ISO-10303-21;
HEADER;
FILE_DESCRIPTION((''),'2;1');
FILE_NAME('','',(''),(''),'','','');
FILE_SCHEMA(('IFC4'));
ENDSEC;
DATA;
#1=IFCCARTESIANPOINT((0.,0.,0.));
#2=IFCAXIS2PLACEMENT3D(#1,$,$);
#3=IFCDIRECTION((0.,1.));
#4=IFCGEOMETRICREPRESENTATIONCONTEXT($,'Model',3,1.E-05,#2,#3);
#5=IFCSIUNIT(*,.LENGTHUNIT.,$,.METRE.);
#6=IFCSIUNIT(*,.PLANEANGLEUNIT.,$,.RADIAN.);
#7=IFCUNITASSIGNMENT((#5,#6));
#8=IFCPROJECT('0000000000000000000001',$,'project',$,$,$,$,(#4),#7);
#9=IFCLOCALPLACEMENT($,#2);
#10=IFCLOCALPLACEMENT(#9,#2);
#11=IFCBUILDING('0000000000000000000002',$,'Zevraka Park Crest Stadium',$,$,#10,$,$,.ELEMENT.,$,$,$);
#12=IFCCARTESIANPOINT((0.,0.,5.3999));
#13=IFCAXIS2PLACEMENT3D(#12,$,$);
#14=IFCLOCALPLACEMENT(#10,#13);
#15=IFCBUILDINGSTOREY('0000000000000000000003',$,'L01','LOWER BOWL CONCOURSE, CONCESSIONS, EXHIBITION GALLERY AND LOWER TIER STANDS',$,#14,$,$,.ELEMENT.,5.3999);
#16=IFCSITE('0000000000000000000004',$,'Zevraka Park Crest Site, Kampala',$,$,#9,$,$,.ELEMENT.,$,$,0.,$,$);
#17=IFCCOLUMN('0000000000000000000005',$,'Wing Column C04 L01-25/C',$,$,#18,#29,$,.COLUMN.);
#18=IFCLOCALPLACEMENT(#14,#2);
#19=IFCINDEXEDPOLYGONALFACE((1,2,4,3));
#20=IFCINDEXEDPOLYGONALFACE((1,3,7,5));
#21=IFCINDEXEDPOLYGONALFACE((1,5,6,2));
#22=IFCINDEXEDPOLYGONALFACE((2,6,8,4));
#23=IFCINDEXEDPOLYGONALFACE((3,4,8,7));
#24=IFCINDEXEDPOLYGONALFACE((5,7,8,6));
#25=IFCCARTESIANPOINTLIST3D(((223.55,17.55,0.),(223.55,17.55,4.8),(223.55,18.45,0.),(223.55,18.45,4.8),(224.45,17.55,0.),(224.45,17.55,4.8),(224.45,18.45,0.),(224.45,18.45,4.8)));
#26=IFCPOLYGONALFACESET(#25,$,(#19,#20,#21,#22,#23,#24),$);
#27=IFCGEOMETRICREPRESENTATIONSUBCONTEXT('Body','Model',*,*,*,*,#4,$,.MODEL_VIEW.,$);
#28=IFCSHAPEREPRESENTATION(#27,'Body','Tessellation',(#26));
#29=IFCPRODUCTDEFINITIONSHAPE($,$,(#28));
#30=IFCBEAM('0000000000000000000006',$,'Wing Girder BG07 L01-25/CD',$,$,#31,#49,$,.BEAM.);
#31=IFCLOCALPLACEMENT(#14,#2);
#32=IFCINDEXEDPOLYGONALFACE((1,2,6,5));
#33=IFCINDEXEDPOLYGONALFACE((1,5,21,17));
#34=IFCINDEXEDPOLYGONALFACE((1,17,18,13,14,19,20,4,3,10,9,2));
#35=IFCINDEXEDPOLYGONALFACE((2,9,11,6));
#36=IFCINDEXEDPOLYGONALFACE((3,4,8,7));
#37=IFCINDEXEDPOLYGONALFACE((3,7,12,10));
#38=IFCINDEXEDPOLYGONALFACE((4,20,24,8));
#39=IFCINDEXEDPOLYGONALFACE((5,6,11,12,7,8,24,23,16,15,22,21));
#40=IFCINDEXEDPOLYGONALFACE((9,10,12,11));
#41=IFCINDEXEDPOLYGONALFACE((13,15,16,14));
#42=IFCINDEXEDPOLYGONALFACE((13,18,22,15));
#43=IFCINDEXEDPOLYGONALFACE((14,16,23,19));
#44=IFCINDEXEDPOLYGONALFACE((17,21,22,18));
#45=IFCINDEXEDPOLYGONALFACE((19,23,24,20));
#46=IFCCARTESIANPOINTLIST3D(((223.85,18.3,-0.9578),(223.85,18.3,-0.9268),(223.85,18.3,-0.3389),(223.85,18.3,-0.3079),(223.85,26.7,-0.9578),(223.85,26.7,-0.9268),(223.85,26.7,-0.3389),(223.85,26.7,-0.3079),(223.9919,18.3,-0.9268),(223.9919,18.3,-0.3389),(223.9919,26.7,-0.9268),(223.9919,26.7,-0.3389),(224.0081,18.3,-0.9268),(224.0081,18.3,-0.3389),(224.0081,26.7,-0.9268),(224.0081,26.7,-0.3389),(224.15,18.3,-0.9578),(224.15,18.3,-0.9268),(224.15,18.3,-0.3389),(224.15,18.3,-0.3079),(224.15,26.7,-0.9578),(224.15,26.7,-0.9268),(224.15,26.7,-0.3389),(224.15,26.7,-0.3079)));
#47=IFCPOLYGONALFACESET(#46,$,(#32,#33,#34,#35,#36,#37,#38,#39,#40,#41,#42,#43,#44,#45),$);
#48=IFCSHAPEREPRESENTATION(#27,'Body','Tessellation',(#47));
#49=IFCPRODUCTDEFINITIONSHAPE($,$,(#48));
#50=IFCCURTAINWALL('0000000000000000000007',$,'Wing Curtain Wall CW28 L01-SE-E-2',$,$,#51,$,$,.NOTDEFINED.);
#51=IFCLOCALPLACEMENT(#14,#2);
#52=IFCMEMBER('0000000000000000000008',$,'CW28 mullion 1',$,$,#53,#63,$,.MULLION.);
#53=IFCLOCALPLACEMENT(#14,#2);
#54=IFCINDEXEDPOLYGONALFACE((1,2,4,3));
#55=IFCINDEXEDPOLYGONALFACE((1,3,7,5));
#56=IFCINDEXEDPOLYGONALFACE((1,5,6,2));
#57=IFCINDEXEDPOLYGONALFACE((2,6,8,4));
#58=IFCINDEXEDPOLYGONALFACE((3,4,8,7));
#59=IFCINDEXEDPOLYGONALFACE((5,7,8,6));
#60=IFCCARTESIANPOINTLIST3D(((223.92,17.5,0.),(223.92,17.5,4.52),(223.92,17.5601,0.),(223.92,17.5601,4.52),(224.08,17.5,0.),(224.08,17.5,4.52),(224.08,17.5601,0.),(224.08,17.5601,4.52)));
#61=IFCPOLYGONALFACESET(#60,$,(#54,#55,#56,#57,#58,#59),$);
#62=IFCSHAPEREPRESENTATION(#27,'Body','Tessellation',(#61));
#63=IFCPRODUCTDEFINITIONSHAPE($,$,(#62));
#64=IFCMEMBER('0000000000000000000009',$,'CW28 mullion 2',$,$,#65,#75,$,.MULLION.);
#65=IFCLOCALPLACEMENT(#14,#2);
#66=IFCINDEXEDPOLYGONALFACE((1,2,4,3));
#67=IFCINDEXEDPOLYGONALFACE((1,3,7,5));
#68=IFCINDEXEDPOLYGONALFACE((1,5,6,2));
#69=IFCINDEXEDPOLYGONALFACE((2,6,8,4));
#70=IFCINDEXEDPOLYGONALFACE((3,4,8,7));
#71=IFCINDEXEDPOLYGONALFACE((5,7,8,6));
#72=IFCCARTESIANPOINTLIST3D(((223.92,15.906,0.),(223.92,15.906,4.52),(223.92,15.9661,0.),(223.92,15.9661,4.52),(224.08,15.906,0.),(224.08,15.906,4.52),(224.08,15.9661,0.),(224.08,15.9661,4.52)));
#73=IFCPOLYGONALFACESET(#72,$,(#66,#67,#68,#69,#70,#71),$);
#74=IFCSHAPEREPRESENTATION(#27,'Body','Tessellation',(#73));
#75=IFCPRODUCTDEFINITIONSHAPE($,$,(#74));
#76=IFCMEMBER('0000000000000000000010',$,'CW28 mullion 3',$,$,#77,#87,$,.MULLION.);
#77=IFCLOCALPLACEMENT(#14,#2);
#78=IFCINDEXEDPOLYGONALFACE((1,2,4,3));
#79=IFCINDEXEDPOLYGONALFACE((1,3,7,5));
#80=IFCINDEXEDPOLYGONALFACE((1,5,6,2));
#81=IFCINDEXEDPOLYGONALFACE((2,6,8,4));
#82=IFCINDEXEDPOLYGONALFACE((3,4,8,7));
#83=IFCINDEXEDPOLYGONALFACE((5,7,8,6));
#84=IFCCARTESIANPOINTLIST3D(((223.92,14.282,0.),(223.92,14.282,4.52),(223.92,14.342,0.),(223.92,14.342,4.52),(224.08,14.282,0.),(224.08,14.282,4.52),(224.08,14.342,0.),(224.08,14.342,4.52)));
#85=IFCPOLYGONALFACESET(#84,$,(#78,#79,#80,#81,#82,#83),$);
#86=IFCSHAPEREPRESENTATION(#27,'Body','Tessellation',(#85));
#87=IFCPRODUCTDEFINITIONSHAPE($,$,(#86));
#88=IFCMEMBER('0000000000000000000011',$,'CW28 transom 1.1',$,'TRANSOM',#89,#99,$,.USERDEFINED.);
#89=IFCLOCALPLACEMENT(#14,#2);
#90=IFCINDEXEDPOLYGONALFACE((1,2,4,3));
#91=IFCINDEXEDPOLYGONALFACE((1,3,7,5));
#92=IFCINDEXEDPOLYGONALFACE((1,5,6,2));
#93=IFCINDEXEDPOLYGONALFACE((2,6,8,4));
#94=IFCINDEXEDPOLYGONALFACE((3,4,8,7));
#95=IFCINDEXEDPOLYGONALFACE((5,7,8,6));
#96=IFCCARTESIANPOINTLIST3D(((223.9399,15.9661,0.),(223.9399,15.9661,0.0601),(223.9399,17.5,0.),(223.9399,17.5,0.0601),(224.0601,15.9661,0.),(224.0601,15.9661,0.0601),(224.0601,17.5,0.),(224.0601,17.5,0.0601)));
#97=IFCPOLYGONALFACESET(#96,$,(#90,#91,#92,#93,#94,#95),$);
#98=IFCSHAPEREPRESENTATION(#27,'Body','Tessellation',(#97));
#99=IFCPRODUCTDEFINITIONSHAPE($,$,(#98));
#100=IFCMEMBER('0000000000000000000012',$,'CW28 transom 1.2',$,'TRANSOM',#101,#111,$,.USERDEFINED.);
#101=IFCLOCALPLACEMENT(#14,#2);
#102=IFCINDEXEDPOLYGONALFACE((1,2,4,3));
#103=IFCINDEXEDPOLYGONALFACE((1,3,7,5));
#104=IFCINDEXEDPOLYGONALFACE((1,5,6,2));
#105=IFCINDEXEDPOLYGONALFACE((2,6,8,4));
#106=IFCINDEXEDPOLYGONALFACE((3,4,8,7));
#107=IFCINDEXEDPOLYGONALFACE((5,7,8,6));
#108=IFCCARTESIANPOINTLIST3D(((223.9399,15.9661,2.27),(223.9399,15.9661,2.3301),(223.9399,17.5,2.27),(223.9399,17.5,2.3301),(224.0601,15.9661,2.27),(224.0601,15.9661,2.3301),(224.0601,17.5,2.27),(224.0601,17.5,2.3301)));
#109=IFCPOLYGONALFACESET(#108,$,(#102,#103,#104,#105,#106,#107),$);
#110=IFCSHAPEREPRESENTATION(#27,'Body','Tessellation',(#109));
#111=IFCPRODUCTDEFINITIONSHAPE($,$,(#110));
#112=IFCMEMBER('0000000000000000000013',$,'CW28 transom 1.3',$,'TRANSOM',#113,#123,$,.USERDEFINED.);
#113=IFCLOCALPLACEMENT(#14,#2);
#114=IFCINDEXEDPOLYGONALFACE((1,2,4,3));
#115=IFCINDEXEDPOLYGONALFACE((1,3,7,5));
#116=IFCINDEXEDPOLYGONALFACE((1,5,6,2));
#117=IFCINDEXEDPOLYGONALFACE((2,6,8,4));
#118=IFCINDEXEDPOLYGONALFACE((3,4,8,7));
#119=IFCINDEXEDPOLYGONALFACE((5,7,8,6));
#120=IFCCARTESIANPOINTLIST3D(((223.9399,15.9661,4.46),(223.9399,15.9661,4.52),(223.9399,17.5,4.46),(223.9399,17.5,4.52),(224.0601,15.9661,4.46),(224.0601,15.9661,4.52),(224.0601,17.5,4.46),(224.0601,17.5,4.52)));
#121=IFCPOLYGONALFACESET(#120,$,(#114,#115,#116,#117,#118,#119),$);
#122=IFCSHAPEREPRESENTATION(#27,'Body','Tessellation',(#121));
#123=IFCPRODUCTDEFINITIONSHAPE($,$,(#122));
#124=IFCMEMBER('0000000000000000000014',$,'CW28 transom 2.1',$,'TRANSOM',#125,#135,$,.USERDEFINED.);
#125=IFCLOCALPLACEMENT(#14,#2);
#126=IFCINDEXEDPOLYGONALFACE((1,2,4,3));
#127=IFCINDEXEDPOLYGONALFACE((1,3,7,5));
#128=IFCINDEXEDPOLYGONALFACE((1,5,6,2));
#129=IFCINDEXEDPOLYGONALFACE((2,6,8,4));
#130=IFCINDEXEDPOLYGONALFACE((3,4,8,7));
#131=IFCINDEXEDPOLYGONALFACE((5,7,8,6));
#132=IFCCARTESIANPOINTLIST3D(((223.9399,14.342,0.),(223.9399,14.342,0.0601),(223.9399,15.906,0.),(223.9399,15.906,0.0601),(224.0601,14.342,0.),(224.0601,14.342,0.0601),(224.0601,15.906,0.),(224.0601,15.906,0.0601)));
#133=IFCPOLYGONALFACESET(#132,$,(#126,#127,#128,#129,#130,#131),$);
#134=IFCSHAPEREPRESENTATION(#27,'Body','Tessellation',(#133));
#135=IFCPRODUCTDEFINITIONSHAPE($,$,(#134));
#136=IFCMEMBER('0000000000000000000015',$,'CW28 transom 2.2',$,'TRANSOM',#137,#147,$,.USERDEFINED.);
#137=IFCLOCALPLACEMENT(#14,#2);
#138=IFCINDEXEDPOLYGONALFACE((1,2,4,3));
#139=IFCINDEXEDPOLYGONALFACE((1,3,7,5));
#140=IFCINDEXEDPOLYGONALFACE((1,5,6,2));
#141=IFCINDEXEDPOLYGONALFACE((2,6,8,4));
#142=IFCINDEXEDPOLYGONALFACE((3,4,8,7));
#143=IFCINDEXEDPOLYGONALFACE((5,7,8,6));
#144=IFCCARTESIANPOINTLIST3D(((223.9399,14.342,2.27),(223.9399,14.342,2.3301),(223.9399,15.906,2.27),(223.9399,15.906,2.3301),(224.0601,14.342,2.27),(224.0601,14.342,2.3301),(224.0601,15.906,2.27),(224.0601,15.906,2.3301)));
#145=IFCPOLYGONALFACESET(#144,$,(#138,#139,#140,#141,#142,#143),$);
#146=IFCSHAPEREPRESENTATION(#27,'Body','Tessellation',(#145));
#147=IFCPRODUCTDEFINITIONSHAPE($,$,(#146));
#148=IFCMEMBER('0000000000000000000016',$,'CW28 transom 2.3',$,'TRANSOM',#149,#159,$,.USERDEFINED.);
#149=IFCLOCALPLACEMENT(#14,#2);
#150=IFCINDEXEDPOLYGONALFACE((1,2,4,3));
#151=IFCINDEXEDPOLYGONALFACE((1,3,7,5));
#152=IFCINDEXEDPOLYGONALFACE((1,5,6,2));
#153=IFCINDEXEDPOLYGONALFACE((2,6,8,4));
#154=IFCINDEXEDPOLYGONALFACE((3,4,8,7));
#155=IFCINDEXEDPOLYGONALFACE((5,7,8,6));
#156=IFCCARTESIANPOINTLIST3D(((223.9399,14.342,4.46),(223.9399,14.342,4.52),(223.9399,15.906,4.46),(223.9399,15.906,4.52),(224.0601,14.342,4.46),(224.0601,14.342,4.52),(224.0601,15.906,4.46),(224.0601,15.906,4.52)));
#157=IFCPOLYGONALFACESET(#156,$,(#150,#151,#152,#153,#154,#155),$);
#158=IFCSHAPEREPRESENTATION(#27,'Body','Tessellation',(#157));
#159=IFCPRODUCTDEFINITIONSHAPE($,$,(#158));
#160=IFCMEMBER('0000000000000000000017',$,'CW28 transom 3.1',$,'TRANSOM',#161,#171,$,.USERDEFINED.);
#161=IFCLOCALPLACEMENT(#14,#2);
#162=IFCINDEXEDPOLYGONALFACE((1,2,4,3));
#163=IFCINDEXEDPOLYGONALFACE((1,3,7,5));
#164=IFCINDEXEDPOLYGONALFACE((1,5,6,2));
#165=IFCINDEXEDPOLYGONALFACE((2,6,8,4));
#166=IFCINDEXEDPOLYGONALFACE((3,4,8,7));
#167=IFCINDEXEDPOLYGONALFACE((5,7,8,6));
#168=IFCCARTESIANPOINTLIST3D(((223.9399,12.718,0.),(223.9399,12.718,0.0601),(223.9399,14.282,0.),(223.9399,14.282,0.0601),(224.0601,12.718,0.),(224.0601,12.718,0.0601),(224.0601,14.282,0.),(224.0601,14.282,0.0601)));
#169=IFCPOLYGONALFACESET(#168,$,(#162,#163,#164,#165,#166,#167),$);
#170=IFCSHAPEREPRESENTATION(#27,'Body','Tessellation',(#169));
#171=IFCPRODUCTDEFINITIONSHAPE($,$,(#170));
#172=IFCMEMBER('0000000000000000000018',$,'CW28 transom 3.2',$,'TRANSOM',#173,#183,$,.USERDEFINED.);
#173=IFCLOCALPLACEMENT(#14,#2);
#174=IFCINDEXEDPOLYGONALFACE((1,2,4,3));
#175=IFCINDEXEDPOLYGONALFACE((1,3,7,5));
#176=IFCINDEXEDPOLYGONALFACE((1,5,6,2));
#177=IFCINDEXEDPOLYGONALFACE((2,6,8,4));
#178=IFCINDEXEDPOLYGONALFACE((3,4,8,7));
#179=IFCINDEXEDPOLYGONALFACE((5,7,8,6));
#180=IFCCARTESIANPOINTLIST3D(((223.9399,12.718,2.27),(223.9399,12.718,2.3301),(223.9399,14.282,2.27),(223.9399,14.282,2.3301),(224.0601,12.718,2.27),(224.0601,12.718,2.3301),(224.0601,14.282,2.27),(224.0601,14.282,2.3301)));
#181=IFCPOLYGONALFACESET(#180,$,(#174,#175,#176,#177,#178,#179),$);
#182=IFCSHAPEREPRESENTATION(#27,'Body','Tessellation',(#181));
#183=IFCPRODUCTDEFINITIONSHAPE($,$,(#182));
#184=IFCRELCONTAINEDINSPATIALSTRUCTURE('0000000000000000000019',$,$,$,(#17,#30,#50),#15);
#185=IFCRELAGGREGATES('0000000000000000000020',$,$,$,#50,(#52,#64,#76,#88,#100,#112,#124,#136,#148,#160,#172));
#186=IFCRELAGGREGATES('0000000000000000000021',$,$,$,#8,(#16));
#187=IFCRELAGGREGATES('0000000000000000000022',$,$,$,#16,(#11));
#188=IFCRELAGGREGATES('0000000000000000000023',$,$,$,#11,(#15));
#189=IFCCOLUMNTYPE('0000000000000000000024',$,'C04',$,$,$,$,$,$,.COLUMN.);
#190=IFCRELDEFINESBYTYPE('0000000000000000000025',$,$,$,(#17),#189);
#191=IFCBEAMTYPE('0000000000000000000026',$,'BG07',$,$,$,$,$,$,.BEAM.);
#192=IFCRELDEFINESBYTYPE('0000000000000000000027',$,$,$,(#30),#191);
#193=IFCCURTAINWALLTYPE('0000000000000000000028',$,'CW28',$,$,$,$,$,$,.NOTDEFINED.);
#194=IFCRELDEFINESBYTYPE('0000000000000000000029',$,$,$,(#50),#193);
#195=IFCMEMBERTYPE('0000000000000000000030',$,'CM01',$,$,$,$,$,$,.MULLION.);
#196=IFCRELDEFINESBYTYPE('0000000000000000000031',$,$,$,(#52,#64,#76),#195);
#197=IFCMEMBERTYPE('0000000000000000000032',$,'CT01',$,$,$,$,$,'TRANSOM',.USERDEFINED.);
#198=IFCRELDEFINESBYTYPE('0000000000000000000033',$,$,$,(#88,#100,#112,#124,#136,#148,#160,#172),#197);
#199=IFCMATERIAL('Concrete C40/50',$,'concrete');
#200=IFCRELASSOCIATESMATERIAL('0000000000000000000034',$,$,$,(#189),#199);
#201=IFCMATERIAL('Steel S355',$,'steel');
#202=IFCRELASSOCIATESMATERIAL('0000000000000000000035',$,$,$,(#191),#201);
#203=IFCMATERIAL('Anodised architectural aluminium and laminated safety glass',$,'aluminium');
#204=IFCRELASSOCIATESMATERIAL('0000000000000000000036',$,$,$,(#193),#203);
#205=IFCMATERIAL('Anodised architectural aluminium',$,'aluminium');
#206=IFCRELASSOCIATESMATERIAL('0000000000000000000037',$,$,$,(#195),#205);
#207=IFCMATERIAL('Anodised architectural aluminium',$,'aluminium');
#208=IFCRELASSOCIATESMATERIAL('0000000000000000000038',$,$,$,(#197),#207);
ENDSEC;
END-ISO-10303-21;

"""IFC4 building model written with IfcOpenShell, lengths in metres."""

from ifc_helpers import new_model, si_unit, direction, frame, origin, origin_2d, place, context, subcontext, project, spatial, rectangle, i_section, extrude, material, material_profile, profile_set, type_object, element, aggregate, save


model = new_model("IFC4")

# Units and contexts
model_context = context("Model", 3, precision=1e-05, world=origin(), true_north=direction((0.0, 1.0)))
body_context = subcontext(model_context, "Body", "Model", "MODEL_VIEW")
ifc_project = project(units=[si_unit("LENGTHUNIT", "METRE"), si_unit("PLANEANGLEUNIT", "RADIAN")], contexts=[model_context])

# Site, building, storey
site_placement = place(None, origin())
site = spatial("IfcSite", under=ifc_project, at=site_placement, Name="Zevraka Park Crest Site, Kampala", CompositionType="ELEMENT", RefElevation=0.0)
building_placement = place(site_placement, origin())
building = spatial("IfcBuilding", under=site, at=building_placement, Name="Zevraka Park Crest Stadium", CompositionType="ELEMENT")
storey_placement = place(building_placement, frame((0.0, 0.0, 5.3999)))
storey = spatial("IfcBuildingStorey", under=building, at=storey_placement, Name="L01", Description="LOWER BOWL CONCOURSE, CONCESSIONS, EXHIBITION GALLERY AND LOWER TIER STANDS", CompositionType="ELEMENT", Elevation=5.3999)

# Column
ifc_material_1 = material(Name="Concrete C40/50", Category="concrete")
ifc_material_profile_1 = material_profile(ifc_material_1, rectangle(XDim=0.8999, YDim=0.8999, at=origin_2d()), Name="RC 900x900")
ifc_profile_set_1 = profile_set([ifc_material_profile_1], Name="Concrete C40/50")
column_type = type_object("IfcColumnType", Name="C04", PredefinedType="COLUMN", material=ifc_profile_set_1)
column_placement = place(storey_placement, frame((224.0, 18.0, 0.0), z_axis=(0.0, 0.0, 1.0), x_axis=(1.0, 0.0, 0.0)))
element("IfcColumn", 1, at=column_placement, inside=storey, type_object=column_type, Name="Wing Column C04 L01-25/C", PredefinedType="COLUMN", context=body_context, shape_type="SweptSolid", body=[
    extrude(rectangle(XDim=0.8999, YDim=0.8999, at=origin_2d()), origin(), (0.0, 0.0, 1.0), 4.8),
])

# Beam
ifc_material_2 = material(Name="Steel S355", Category="steel")
ifc_material_profile_2 = material_profile(ifc_material_2, i_section(OverallWidth=0.3, OverallDepth=0.6499, WebThickness=0.0161, FlangeThickness=0.031, at=origin_2d()), Name="HEB 650")
ifc_profile_set_2 = profile_set([ifc_material_profile_2], Name="Steel S355")
beam_type = type_object("IfcBeamType", Name="BG07", PredefinedType="BEAM", material=ifc_profile_set_2)
beam_placement = place(storey_placement, frame((224.0, 18.3, -0.6328), z_axis=(0.0, 1.0, 0.0), x_axis=(-1.0, 0.0, 0.0)))
element("IfcBeam", 2, at=beam_placement, inside=storey, type_object=beam_type, Name="Wing Girder BG07 L01-25/CD", PredefinedType="BEAM", context=body_context, shape_type="SweptSolid", body=[
    extrude(i_section(OverallWidth=0.3, OverallDepth=0.6499, WebThickness=0.0161, FlangeThickness=0.031, at=origin_2d()), origin(), (0.0, 0.0, 1.0), 8.3999),
])

# Curtain wall, members
ifc_material_3 = material(Name="Anodised architectural aluminium and laminated safety glass", Category="aluminium")
curtain_wall_type = type_object("IfcCurtainWallType", Name="CW28", PredefinedType="NOTDEFINED", material=ifc_material_3)
curtain_wall_placement = place(storey_placement, origin())
curtain_wall = element("IfcCurtainWall", 3, at=curtain_wall_placement, inside=storey, type_object=curtain_wall_type, Name="Wing Curtain Wall CW28 L01-SE-E-2", PredefinedType="NOTDEFINED")
ifc_material_4 = material(Name="Anodised architectural aluminium", Category="aluminium")
ifc_material_profile_3 = material_profile(ifc_material_4, rectangle(XDim=0.1599, YDim=0.0601, at=origin_2d()), Name="ALU MULLION 160x60")
ifc_profile_set_3 = profile_set([ifc_material_profile_3], Name="Anodised architectural aluminium")
member_type_1 = type_object("IfcMemberType", Name="CM01", PredefinedType="MULLION", material=ifc_profile_set_3)
member_1_placement = place(storey_placement, frame((224.0, 17.53, 0.0), z_axis=(0.0, 0.0, 1.0), x_axis=(1.0, 0.0, 0.0)))
member_1 = element("IfcMember", 4, at=member_1_placement, type_object=member_type_1, Name="CW28 mullion 1", PredefinedType="MULLION", context=body_context, shape_type="SweptSolid", body=[
    extrude(rectangle(XDim=0.1599, YDim=0.0601, at=origin_2d()), origin(), (0.0, 0.0, 1.0), 4.52),
])
member_2_placement = place(storey_placement, frame((224.0, 15.936, 0.0), z_axis=(0.0, 0.0, 1.0), x_axis=(1.0, 0.0, 0.0)))
member_2 = element("IfcMember", 5, at=member_2_placement, type_object=member_type_1, Name="CW28 mullion 2", PredefinedType="MULLION", context=body_context, shape_type="SweptSolid", body=[
    extrude(rectangle(XDim=0.1599, YDim=0.0601, at=origin_2d()), origin(), (0.0, 0.0, 1.0), 4.52),
])
member_3_placement = place(storey_placement, frame((224.0, 14.312, 0.0), z_axis=(0.0, 0.0, 1.0), x_axis=(1.0, 0.0, 0.0)))
member_3 = element("IfcMember", 6, at=member_3_placement, type_object=member_type_1, Name="CW28 mullion 3", PredefinedType="MULLION", context=body_context, shape_type="SweptSolid", body=[
    extrude(rectangle(XDim=0.1599, YDim=0.0601, at=origin_2d()), origin(), (0.0, 0.0, 1.0), 4.52),
])
ifc_material_5 = material(Name="Anodised architectural aluminium", Category="aluminium")
ifc_material_profile_4 = material_profile(ifc_material_5, rectangle(XDim=0.1201, YDim=0.0601, at=origin_2d()), Name="ALU TRANSOM 120x60")
ifc_profile_set_4 = profile_set([ifc_material_profile_4], Name="Anodised architectural aluminium")
member_type_2 = type_object("IfcMemberType", Name="CT01", ElementType="TRANSOM", PredefinedType="USERDEFINED", material=ifc_profile_set_4)
member_4_placement = place(storey_placement, frame((224.0, 17.5, 0.03), z_axis=(0.0, -1.0, 0.0), x_axis=(1.0, 0.0, 0.0)))
member_4 = element("IfcMember", 7, at=member_4_placement, type_object=member_type_2, Name="CW28 transom 1.1", ObjectType="TRANSOM", PredefinedType="USERDEFINED", context=body_context, shape_type="SweptSolid", body=[
    extrude(rectangle(XDim=0.1201, YDim=0.0601, at=origin_2d()), origin(), (0.0, 0.0, 1.0), 1.5339),
])
member_5_placement = place(storey_placement, frame((224.0, 17.5, 2.3), z_axis=(0.0, -1.0, 0.0), x_axis=(1.0, 0.0, 0.0)))
member_5 = element("IfcMember", 8, at=member_5_placement, type_object=member_type_2, Name="CW28 transom 1.2", ObjectType="TRANSOM", PredefinedType="USERDEFINED", context=body_context, shape_type="SweptSolid", body=[
    extrude(rectangle(XDim=0.1201, YDim=0.0601, at=origin_2d()), origin(), (0.0, 0.0, 1.0), 1.5339),
])
member_6_placement = place(storey_placement, frame((224.0, 17.5, 4.49), z_axis=(0.0, -1.0, 0.0), x_axis=(1.0, 0.0, 0.0)))
member_6 = element("IfcMember", 9, at=member_6_placement, type_object=member_type_2, Name="CW28 transom 1.3", ObjectType="TRANSOM", PredefinedType="USERDEFINED", context=body_context, shape_type="SweptSolid", body=[
    extrude(rectangle(XDim=0.1201, YDim=0.0601, at=origin_2d()), origin(), (0.0, 0.0, 1.0), 1.5339),
])
member_7_placement = place(storey_placement, frame((224.0, 15.906, 0.03), z_axis=(0.0, -1.0, 0.0), x_axis=(1.0, 0.0, 0.0)))
member_7 = element("IfcMember", 10, at=member_7_placement, type_object=member_type_2, Name="CW28 transom 2.1", ObjectType="TRANSOM", PredefinedType="USERDEFINED", context=body_context, shape_type="SweptSolid", body=[
    extrude(rectangle(XDim=0.1201, YDim=0.0601, at=origin_2d()), origin(), (0.0, 0.0, 1.0), 1.564),
])
member_8_placement = place(storey_placement, frame((224.0, 15.906, 2.3), z_axis=(0.0, -1.0, 0.0), x_axis=(1.0, 0.0, 0.0)))
member_8 = element("IfcMember", 11, at=member_8_placement, type_object=member_type_2, Name="CW28 transom 2.2", ObjectType="TRANSOM", PredefinedType="USERDEFINED", context=body_context, shape_type="SweptSolid", body=[
    extrude(rectangle(XDim=0.1201, YDim=0.0601, at=origin_2d()), origin(), (0.0, 0.0, 1.0), 1.564),
])
member_9_placement = place(storey_placement, frame((224.0, 15.906, 4.49), z_axis=(0.0, -1.0, 0.0), x_axis=(1.0, 0.0, 0.0)))
member_9 = element("IfcMember", 12, at=member_9_placement, type_object=member_type_2, Name="CW28 transom 2.3", ObjectType="TRANSOM", PredefinedType="USERDEFINED", context=body_context, shape_type="SweptSolid", body=[
    extrude(rectangle(XDim=0.1201, YDim=0.0601, at=origin_2d()), origin(), (0.0, 0.0, 1.0), 1.564),
])
member_10_placement = place(storey_placement, frame((224.0, 14.282, 0.03), z_axis=(0.0, -1.0, 0.0), x_axis=(1.0, 0.0, 0.0)))
member_10 = element("IfcMember", 13, at=member_10_placement, type_object=member_type_2, Name="CW28 transom 3.1", ObjectType="TRANSOM", PredefinedType="USERDEFINED", context=body_context, shape_type="SweptSolid", body=[
    extrude(rectangle(XDim=0.1201, YDim=0.0601, at=origin_2d()), origin(), (0.0, 0.0, 1.0), 1.564),
])
member_11_placement = place(storey_placement, frame((224.0, 14.282, 2.3), z_axis=(0.0, -1.0, 0.0), x_axis=(1.0, 0.0, 0.0)))
member_11 = element("IfcMember", 14, at=member_11_placement, type_object=member_type_2, Name="CW28 transom 3.2", ObjectType="TRANSOM", PredefinedType="USERDEFINED", context=body_context, shape_type="SweptSolid", body=[
    extrude(rectangle(XDim=0.1201, YDim=0.0601, at=origin_2d()), origin(), (0.0, 0.0, 1.0), 1.564),
])
aggregate(curtain_wall, [member_1, member_2, member_3, member_4, member_5, member_6, member_7, member_8, member_9, member_10, member_11])

save(model, "model.ifc")
